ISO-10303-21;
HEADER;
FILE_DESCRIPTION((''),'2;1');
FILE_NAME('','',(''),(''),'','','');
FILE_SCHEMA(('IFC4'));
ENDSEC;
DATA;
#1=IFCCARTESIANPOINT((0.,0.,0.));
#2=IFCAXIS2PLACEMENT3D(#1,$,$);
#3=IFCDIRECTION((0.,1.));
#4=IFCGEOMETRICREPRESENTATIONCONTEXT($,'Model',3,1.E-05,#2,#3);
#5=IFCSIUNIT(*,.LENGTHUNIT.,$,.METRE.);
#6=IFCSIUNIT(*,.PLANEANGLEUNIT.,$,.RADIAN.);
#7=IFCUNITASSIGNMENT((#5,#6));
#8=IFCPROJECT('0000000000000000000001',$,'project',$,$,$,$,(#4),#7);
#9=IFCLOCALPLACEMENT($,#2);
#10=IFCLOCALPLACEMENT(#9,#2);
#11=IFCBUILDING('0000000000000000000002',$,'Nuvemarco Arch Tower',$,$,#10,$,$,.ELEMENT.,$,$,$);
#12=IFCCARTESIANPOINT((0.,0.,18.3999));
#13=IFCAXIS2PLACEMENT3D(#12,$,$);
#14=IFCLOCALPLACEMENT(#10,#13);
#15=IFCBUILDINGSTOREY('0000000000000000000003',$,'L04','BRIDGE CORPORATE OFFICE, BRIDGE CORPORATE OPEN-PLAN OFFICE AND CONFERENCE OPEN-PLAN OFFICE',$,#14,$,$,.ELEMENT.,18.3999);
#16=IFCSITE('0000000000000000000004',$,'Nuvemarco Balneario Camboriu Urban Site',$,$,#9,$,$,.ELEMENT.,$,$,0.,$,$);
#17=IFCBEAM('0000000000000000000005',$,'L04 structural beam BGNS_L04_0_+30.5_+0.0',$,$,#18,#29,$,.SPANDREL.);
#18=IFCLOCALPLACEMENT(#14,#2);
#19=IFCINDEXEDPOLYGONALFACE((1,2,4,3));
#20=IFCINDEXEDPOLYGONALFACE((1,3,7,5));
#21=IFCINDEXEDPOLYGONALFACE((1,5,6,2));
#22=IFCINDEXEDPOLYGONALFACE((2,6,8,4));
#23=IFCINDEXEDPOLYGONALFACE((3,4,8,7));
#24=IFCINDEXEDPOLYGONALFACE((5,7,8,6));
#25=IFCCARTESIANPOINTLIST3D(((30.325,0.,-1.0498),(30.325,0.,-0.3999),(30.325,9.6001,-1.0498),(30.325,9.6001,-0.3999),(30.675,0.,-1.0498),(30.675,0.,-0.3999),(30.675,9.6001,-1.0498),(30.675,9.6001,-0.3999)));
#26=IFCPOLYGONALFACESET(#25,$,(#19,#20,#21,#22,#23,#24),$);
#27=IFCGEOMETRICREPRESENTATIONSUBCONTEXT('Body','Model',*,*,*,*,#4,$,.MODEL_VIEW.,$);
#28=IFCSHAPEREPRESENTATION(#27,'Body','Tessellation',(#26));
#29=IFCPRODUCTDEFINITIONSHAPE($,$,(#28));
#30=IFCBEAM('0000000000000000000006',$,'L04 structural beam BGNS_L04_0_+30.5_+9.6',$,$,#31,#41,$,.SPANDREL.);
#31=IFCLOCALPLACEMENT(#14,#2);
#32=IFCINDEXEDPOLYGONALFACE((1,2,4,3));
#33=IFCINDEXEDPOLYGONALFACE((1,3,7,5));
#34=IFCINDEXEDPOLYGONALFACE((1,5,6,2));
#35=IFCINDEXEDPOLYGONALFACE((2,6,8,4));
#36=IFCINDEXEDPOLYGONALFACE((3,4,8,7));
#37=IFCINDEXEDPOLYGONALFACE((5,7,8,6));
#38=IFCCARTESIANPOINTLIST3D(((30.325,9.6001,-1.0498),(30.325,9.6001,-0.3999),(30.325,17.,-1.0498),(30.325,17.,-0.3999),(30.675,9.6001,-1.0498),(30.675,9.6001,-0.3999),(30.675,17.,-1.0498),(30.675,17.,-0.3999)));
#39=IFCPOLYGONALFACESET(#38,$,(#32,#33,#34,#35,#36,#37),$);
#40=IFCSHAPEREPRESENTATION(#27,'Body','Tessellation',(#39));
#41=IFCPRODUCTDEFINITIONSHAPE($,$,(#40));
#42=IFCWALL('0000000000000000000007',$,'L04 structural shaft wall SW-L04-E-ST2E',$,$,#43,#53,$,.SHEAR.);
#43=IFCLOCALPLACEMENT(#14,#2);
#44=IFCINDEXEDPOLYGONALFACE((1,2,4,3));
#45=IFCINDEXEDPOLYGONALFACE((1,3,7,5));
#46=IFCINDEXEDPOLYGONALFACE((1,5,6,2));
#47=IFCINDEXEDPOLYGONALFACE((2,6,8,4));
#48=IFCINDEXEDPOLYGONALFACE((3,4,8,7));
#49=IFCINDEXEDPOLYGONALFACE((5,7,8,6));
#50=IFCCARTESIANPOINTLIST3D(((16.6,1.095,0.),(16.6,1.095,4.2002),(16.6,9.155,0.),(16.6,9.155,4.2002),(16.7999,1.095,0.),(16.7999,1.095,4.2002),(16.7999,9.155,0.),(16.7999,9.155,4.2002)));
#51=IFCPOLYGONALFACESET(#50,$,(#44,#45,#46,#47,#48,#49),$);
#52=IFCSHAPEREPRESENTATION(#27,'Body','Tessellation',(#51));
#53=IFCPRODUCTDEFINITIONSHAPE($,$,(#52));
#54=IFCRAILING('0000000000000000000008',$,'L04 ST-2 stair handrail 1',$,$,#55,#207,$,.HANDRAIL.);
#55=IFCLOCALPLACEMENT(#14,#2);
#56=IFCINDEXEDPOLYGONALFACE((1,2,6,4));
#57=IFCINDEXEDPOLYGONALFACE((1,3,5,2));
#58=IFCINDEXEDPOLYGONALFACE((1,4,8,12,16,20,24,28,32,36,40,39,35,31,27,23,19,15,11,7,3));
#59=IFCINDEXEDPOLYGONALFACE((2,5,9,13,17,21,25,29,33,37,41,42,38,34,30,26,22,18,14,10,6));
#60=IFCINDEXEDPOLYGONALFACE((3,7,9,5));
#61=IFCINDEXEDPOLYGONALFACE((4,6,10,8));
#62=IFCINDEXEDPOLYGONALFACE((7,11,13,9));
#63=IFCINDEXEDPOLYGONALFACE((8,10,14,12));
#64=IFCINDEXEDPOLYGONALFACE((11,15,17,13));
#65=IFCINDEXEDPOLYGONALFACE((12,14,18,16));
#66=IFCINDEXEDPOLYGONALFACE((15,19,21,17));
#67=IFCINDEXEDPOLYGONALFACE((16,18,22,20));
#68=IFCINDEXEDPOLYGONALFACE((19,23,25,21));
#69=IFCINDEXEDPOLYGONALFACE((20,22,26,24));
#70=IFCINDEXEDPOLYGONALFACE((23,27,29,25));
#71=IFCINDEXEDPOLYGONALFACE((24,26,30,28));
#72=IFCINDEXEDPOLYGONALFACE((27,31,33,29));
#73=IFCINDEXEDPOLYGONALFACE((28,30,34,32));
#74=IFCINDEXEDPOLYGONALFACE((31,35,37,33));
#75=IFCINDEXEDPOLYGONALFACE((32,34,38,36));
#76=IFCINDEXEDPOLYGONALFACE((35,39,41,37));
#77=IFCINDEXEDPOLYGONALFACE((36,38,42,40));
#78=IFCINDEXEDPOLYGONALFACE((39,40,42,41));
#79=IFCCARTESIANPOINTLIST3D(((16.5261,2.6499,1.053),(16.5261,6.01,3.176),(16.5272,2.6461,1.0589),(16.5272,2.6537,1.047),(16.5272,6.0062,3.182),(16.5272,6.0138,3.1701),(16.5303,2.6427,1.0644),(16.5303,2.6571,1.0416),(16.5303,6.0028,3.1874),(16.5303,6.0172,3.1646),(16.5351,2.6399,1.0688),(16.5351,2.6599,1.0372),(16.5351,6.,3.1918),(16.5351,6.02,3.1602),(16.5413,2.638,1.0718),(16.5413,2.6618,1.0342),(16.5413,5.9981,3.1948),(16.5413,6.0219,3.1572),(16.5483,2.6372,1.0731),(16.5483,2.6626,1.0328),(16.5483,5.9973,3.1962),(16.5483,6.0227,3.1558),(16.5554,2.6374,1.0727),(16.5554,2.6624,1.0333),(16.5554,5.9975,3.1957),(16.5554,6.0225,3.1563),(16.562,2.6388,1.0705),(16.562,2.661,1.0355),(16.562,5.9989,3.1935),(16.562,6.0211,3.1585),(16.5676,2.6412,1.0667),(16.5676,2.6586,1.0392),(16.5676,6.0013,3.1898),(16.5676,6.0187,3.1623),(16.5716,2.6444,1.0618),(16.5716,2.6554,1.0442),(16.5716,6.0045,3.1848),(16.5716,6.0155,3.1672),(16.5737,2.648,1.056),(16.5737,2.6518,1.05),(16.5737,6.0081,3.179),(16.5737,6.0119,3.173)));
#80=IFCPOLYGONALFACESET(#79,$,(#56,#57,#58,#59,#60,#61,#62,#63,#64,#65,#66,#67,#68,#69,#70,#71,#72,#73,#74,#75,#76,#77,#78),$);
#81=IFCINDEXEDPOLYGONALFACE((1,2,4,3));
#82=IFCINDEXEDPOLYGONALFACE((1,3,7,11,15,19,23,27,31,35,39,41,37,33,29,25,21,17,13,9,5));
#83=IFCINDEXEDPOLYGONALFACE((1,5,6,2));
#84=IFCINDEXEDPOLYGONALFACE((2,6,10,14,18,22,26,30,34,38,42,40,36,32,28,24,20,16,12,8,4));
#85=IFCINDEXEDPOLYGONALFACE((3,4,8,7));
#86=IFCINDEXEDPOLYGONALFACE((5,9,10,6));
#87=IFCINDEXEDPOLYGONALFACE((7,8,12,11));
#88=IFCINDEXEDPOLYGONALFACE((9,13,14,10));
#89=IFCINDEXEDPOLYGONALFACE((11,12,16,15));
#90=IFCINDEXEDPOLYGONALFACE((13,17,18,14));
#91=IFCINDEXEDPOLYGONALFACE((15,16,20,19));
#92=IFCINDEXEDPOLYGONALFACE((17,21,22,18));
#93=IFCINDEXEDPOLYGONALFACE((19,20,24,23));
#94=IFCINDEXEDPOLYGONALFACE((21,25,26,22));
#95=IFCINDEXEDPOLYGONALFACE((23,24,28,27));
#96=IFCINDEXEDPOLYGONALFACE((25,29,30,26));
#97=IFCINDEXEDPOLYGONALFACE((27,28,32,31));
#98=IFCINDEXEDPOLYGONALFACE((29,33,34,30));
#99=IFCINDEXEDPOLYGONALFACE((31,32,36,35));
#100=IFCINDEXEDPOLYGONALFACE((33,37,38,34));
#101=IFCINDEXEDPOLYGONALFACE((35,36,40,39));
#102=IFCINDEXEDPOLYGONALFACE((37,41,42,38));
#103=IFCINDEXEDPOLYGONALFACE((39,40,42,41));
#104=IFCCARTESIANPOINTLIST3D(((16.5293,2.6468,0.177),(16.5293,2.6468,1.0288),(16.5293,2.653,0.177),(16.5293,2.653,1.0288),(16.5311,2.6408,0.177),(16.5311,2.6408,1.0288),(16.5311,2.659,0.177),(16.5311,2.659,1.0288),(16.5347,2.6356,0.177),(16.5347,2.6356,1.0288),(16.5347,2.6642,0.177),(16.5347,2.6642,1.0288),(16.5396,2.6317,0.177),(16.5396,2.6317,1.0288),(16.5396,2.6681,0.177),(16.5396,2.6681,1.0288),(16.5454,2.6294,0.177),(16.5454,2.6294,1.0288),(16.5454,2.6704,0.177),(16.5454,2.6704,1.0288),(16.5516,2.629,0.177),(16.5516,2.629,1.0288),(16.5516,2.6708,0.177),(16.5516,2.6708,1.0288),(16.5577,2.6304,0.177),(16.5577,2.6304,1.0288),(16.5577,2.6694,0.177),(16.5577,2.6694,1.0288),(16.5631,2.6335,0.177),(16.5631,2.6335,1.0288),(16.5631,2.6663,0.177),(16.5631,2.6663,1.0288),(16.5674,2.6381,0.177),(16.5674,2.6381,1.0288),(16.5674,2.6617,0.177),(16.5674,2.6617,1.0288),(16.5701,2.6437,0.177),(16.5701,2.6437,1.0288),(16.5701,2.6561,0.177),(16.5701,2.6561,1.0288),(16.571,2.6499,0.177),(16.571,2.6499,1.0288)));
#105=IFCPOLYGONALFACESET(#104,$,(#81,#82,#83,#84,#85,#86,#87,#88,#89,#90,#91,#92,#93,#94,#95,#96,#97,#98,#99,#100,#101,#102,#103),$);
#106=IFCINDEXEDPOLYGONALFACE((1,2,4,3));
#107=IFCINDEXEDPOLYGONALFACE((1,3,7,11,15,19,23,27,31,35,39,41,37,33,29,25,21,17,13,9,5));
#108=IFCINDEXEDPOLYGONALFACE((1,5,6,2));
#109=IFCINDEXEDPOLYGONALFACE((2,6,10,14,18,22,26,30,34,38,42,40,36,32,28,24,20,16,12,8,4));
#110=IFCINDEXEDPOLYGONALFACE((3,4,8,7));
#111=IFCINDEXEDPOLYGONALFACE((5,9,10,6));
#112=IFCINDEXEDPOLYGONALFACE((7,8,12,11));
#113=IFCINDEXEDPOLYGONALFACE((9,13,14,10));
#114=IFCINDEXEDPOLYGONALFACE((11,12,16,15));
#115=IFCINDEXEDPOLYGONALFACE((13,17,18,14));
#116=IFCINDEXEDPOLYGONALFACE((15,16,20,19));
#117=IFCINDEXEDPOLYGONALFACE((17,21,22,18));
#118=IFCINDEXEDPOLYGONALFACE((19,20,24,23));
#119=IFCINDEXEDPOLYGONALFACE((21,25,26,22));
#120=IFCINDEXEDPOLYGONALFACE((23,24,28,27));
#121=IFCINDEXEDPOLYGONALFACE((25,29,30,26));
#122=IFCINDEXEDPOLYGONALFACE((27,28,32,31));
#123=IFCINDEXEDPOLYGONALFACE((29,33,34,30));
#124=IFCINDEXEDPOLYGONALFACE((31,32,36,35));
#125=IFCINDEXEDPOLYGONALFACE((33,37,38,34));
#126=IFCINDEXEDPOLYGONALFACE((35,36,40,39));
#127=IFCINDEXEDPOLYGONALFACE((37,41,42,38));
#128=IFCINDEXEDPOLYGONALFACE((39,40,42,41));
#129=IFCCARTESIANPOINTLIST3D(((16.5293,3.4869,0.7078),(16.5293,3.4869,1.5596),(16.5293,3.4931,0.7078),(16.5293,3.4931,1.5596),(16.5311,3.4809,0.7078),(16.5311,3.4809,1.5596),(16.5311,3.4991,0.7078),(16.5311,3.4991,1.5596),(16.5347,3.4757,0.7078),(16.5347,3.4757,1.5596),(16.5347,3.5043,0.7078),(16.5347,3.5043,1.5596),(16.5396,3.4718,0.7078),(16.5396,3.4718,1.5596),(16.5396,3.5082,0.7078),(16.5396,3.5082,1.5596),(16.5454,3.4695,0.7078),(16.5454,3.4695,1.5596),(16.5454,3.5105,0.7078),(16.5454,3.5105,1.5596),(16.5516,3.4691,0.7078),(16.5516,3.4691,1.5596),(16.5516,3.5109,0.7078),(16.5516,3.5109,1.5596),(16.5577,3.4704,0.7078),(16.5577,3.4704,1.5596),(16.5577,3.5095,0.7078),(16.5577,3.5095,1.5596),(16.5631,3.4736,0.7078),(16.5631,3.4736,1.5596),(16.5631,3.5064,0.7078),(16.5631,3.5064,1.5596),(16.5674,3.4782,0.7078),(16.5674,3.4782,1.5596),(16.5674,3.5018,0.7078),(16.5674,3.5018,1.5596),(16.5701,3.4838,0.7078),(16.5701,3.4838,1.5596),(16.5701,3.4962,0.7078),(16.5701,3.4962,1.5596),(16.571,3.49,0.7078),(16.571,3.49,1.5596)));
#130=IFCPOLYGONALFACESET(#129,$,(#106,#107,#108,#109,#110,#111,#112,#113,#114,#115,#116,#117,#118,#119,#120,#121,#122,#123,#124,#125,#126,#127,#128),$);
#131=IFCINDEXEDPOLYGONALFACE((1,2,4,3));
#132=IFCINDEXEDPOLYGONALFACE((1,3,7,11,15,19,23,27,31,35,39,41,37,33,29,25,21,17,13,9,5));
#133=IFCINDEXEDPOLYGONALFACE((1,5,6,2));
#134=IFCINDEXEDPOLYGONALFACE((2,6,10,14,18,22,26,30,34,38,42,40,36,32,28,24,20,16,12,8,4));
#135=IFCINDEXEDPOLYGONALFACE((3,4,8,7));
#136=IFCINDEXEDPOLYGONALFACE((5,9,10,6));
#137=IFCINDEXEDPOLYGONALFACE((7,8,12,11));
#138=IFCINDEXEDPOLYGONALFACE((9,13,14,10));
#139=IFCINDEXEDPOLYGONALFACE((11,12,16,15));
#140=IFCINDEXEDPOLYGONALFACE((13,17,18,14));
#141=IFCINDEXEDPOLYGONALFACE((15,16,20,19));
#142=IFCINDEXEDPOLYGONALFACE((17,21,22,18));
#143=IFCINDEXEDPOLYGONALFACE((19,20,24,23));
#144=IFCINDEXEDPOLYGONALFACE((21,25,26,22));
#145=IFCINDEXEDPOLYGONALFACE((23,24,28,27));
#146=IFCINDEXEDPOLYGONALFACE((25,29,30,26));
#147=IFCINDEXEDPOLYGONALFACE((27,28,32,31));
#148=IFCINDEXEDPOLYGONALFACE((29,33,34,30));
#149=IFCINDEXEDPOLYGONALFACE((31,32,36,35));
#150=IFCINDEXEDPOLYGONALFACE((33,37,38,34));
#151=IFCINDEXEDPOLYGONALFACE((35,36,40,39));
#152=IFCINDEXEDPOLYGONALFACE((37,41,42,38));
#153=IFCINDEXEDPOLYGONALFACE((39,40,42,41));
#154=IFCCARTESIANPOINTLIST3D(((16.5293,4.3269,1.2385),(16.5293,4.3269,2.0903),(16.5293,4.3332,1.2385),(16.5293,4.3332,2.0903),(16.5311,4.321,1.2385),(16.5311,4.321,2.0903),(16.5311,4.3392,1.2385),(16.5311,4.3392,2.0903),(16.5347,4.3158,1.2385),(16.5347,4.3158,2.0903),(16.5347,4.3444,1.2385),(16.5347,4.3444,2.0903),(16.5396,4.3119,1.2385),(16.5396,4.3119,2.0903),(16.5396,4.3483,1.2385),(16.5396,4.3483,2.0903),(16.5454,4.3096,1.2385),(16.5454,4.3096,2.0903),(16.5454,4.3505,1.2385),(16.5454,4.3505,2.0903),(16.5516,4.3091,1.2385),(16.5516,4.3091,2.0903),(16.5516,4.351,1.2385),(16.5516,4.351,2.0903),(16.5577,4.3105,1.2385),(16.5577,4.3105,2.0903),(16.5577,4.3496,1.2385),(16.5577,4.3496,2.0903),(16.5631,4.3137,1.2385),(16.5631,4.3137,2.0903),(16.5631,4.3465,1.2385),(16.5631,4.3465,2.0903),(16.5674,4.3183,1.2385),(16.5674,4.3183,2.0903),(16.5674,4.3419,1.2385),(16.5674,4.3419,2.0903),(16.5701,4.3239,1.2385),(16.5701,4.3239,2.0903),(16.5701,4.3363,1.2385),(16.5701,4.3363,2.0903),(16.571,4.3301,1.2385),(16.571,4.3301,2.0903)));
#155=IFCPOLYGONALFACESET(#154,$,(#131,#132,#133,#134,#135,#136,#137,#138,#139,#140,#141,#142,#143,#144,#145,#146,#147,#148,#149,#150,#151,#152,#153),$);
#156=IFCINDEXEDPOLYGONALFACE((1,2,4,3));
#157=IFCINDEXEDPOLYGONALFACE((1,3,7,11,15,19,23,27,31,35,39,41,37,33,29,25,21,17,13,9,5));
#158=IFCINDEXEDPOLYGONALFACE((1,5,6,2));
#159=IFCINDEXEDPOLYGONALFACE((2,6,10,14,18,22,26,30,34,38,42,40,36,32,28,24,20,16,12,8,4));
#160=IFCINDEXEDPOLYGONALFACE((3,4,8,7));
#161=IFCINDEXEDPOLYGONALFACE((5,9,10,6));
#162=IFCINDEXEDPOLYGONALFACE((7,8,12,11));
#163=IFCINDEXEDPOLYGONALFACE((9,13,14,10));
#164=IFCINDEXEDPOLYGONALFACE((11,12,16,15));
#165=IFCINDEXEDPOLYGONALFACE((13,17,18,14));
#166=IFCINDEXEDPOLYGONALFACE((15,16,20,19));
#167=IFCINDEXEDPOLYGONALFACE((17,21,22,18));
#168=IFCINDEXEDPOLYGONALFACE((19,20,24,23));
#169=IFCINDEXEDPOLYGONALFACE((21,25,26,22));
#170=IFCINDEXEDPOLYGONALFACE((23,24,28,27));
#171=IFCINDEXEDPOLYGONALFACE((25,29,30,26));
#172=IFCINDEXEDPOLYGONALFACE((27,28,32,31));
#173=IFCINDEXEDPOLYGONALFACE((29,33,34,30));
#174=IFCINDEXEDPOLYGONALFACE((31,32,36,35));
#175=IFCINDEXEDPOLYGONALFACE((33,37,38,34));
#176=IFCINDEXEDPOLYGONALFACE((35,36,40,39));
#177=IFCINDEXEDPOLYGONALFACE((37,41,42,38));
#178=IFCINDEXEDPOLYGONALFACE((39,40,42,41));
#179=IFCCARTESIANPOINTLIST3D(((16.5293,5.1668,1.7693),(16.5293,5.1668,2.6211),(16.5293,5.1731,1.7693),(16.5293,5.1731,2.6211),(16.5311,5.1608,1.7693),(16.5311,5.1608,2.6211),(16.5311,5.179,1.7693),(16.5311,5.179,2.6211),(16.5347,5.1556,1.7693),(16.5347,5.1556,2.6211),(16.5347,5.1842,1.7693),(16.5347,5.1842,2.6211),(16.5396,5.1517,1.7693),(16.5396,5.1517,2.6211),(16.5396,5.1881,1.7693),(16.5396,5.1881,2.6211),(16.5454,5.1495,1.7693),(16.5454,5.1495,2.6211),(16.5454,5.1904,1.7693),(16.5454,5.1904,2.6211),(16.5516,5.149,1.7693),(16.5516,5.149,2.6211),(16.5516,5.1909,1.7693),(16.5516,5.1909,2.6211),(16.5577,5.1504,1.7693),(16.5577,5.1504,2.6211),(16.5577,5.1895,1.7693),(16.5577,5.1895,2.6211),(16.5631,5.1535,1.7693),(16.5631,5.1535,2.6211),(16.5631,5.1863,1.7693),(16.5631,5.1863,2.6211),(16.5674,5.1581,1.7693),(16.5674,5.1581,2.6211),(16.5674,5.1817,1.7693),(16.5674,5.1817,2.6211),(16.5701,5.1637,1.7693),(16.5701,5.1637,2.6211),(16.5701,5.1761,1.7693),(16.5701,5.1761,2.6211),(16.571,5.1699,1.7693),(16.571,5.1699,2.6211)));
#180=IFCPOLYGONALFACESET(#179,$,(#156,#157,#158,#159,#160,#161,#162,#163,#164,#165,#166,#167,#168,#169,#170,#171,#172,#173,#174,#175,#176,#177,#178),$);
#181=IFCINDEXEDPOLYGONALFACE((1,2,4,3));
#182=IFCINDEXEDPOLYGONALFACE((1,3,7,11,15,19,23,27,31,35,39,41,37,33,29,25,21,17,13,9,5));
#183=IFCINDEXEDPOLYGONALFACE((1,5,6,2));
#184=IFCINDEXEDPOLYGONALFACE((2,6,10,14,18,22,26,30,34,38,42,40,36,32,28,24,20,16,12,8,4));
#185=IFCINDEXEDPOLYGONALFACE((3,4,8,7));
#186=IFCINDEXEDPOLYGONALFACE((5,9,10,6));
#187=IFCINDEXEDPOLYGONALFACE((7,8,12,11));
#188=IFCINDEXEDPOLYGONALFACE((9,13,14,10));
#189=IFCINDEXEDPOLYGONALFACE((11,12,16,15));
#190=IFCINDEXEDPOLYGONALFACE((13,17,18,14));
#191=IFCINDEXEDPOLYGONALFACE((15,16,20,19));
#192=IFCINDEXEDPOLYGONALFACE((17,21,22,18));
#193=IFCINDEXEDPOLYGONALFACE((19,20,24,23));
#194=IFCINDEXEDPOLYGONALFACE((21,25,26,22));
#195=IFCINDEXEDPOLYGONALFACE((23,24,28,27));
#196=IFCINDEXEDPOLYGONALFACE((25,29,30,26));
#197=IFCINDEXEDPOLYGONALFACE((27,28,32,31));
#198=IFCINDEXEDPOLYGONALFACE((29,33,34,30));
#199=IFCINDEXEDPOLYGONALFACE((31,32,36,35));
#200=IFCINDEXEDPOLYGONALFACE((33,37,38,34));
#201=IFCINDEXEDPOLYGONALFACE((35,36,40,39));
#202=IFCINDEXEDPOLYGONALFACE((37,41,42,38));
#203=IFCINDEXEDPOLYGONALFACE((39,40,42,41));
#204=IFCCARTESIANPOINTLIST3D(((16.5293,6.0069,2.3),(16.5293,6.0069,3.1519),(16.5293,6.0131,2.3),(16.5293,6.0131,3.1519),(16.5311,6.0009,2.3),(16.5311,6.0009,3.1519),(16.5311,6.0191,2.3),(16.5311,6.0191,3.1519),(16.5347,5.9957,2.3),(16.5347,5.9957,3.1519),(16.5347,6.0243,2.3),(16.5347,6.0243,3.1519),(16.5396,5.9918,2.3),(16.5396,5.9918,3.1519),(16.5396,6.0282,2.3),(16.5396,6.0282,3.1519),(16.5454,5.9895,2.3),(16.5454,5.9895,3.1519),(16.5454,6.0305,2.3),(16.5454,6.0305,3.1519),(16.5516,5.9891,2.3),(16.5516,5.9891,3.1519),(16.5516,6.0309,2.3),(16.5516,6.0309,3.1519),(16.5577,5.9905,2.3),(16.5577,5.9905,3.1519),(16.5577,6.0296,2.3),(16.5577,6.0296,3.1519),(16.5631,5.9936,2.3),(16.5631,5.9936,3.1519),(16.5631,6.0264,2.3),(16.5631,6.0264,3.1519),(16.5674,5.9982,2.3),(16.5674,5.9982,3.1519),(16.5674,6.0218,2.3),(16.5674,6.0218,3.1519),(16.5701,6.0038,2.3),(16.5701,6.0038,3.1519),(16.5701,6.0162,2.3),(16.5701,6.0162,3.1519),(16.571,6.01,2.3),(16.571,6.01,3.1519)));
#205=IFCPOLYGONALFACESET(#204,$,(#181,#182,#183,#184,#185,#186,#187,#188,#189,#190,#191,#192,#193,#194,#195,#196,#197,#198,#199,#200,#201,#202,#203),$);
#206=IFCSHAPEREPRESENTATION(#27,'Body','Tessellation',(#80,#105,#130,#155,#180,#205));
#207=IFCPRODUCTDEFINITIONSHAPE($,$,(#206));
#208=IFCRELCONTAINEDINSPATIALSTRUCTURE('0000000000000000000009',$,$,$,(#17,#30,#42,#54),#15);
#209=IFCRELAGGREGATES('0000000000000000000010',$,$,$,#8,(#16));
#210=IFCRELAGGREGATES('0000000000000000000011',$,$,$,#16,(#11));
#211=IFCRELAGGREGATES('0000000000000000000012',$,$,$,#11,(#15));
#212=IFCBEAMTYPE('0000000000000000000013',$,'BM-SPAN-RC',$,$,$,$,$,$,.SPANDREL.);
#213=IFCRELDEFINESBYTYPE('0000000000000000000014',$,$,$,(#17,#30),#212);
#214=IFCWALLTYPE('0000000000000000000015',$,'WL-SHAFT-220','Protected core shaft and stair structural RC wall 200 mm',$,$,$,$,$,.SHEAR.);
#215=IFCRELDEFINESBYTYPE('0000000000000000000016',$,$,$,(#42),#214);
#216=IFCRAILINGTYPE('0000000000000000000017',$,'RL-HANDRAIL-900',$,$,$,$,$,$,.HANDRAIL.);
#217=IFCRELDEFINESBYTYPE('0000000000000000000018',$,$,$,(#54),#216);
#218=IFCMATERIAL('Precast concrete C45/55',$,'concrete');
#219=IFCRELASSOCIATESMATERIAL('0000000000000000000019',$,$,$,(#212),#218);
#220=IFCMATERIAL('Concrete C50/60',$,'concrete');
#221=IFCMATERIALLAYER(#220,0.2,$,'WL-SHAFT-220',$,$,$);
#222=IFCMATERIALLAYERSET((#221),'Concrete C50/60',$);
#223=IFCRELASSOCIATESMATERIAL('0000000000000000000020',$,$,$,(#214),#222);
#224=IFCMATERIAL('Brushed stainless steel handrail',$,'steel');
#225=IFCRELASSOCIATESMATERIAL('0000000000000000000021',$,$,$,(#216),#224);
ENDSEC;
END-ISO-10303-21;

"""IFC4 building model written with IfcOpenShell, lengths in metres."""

from ifc_helpers import new_model, si_unit, direction, frame, frame_2d, origin, origin_2d, place, context, subcontext, project, spatial, rectangle, circle, extrude, material, layer, layer_set, material_profile, profile_set, type_object, element, save


model = new_model("IFC4")

# Units and contexts
model_context = context("Model", 3, precision=1e-05, world=origin(), true_north=direction((0.0, 1.0)))
body_context = subcontext(model_context, "Body", "Model", "MODEL_VIEW")
ifc_project = project(units=[si_unit("LENGTHUNIT", "METRE"), si_unit("PLANEANGLEUNIT", "RADIAN")], contexts=[model_context])

# Site, building, storey
site_placement = place(None, origin())
site = spatial("IfcSite", under=ifc_project, at=site_placement, Name="Nuvemarco Balneario Camboriu Urban Site", CompositionType="ELEMENT", RefElevation=0.0)
building_placement = place(site_placement, origin())
building = spatial("IfcBuilding", under=site, at=building_placement, Name="Nuvemarco Arch Tower", CompositionType="ELEMENT")
storey_placement = place(building_placement, frame((0.0, 0.0, 18.3999)))
storey = spatial("IfcBuildingStorey", under=building, at=storey_placement, Name="L04", Description="BRIDGE CORPORATE OFFICE, BRIDGE CORPORATE OPEN-PLAN OFFICE AND CONFERENCE OPEN-PLAN OFFICE", CompositionType="ELEMENT", Elevation=18.3999)

# Beams
ifc_material_1 = material(Name="Precast concrete C45/55", Category="concrete")
ifc_material_profile_1 = material_profile(ifc_material_1, rectangle(XDim=0.3501, YDim=0.6499, at=origin_2d()), Name="PC-SP-350x650")
ifc_profile_set_1 = profile_set([ifc_material_profile_1], Name="Precast concrete C45/55")
beam_type_1 = type_object("IfcBeamType", Name="BM-SPAN-RC", PredefinedType="SPANDREL", material=ifc_profile_set_1)
beam_1_placement = place(storey_placement, frame((30.5, 0.0, -0.7249), z_axis=(0.0, 1.0, 0.0), x_axis=(-1.0, 0.0, 0.0)))
element("IfcBeam", 1, at=beam_1_placement, inside=storey, type_object=beam_type_1, Name="L04 structural beam BGNS_L04_0_+30.5_+0.0", PredefinedType="SPANDREL", context=body_context, shape_type="SweptSolid", body=[
    extrude(rectangle(XDim=0.3501, YDim=0.6499, at=origin_2d()), origin(), (0.0, 0.0, 1.0), 9.6001),
])
beam_2_placement = place(storey_placement, frame((30.5, 9.6001, -0.7249), z_axis=(0.0, 1.0, 0.0), x_axis=(-1.0, 0.0, 0.0)))
element("IfcBeam", 2, at=beam_2_placement, inside=storey, type_object=beam_type_1, Name="L04 structural beam BGNS_L04_0_+30.5_+9.6", PredefinedType="SPANDREL", context=body_context, shape_type="SweptSolid", body=[
    extrude(rectangle(XDim=0.3501, YDim=0.6499, at=origin_2d()), origin(), (0.0, 0.0, 1.0), 7.3999),
])

# Wall
ifc_material_2 = material(Name="Concrete C50/60", Category="concrete")
ifc_layer = layer(ifc_material_2, 0.2, Name="WL-SHAFT-220")
ifc_layer_set = layer_set([ifc_layer], Name="Concrete C50/60")
wall_type = type_object("IfcWallType", Name="WL-SHAFT-220", Description="Protected core shaft and stair structural RC wall 200 mm", PredefinedType="SHEAR", material=ifc_layer_set)
wall_placement = place(storey_placement, frame((16.7, 1.095, 0.0), z_axis=(0.0, 0.0, 1.0), x_axis=(0.0, 1.0, 0.0)))
element("IfcWall", 3, at=wall_placement, inside=storey, type_object=wall_type, Name="L04 structural shaft wall SW-L04-E-ST2E", PredefinedType="SHEAR", context=body_context, shape_type="SweptSolid", body=[
    extrude(rectangle(XDim=8.0601, YDim=0.2, at=frame_2d((4.03, 0.0))), origin(), (0.0, 0.0, 1.0), 4.2002),
])

# Railing
ifc_material_3 = material(Name="Brushed stainless steel handrail", Category="steel")
railing_type = type_object("IfcRailingType", Name="RL-HANDRAIL-900", PredefinedType="HANDRAIL", material=ifc_material_3)
railing_placement = place(storey_placement, frame((16.55, 2.6499, 0.177)))
element("IfcRailing", 4, at=railing_placement, inside=storey, type_object=railing_type, Name="L04 ST-2 stair handrail 1", PredefinedType="HANDRAIL", context=body_context, shape_type="SweptSolid", body=[
    extrude(circle(Radius=0.0239, at=origin_2d()), frame((0.0, 0.0, 0.876), z_axis=(0.0, 0.84539, 0.53415), x_axis=(-1.0, 0.0, 0.0)), (0.0, 0.0, 1.0), 3.9746),
    extrude(circle(Radius=0.021, at=origin_2d()), origin(), (0.0, 0.0, 1.0), 0.8518),
    extrude(circle(Radius=0.021, at=origin_2d()), frame((0.0, 0.8401, 0.5308)), (0.0, 0.0, 1.0), 0.8518),
    extrude(circle(Radius=0.021, at=origin_2d()), frame((0.0, 1.6802, 1.0615)), (0.0, 0.0, 1.0), 0.8518),
    extrude(circle(Radius=0.021, at=origin_2d()), frame((0.0, 2.52, 1.5923)), (0.0, 0.0, 1.0), 0.8518),
    extrude(circle(Radius=0.021, at=origin_2d()), frame((0.0, 3.3601, 2.123)), (0.0, 0.0, 1.0), 0.8518),
])

save(model, "model.ifc")
